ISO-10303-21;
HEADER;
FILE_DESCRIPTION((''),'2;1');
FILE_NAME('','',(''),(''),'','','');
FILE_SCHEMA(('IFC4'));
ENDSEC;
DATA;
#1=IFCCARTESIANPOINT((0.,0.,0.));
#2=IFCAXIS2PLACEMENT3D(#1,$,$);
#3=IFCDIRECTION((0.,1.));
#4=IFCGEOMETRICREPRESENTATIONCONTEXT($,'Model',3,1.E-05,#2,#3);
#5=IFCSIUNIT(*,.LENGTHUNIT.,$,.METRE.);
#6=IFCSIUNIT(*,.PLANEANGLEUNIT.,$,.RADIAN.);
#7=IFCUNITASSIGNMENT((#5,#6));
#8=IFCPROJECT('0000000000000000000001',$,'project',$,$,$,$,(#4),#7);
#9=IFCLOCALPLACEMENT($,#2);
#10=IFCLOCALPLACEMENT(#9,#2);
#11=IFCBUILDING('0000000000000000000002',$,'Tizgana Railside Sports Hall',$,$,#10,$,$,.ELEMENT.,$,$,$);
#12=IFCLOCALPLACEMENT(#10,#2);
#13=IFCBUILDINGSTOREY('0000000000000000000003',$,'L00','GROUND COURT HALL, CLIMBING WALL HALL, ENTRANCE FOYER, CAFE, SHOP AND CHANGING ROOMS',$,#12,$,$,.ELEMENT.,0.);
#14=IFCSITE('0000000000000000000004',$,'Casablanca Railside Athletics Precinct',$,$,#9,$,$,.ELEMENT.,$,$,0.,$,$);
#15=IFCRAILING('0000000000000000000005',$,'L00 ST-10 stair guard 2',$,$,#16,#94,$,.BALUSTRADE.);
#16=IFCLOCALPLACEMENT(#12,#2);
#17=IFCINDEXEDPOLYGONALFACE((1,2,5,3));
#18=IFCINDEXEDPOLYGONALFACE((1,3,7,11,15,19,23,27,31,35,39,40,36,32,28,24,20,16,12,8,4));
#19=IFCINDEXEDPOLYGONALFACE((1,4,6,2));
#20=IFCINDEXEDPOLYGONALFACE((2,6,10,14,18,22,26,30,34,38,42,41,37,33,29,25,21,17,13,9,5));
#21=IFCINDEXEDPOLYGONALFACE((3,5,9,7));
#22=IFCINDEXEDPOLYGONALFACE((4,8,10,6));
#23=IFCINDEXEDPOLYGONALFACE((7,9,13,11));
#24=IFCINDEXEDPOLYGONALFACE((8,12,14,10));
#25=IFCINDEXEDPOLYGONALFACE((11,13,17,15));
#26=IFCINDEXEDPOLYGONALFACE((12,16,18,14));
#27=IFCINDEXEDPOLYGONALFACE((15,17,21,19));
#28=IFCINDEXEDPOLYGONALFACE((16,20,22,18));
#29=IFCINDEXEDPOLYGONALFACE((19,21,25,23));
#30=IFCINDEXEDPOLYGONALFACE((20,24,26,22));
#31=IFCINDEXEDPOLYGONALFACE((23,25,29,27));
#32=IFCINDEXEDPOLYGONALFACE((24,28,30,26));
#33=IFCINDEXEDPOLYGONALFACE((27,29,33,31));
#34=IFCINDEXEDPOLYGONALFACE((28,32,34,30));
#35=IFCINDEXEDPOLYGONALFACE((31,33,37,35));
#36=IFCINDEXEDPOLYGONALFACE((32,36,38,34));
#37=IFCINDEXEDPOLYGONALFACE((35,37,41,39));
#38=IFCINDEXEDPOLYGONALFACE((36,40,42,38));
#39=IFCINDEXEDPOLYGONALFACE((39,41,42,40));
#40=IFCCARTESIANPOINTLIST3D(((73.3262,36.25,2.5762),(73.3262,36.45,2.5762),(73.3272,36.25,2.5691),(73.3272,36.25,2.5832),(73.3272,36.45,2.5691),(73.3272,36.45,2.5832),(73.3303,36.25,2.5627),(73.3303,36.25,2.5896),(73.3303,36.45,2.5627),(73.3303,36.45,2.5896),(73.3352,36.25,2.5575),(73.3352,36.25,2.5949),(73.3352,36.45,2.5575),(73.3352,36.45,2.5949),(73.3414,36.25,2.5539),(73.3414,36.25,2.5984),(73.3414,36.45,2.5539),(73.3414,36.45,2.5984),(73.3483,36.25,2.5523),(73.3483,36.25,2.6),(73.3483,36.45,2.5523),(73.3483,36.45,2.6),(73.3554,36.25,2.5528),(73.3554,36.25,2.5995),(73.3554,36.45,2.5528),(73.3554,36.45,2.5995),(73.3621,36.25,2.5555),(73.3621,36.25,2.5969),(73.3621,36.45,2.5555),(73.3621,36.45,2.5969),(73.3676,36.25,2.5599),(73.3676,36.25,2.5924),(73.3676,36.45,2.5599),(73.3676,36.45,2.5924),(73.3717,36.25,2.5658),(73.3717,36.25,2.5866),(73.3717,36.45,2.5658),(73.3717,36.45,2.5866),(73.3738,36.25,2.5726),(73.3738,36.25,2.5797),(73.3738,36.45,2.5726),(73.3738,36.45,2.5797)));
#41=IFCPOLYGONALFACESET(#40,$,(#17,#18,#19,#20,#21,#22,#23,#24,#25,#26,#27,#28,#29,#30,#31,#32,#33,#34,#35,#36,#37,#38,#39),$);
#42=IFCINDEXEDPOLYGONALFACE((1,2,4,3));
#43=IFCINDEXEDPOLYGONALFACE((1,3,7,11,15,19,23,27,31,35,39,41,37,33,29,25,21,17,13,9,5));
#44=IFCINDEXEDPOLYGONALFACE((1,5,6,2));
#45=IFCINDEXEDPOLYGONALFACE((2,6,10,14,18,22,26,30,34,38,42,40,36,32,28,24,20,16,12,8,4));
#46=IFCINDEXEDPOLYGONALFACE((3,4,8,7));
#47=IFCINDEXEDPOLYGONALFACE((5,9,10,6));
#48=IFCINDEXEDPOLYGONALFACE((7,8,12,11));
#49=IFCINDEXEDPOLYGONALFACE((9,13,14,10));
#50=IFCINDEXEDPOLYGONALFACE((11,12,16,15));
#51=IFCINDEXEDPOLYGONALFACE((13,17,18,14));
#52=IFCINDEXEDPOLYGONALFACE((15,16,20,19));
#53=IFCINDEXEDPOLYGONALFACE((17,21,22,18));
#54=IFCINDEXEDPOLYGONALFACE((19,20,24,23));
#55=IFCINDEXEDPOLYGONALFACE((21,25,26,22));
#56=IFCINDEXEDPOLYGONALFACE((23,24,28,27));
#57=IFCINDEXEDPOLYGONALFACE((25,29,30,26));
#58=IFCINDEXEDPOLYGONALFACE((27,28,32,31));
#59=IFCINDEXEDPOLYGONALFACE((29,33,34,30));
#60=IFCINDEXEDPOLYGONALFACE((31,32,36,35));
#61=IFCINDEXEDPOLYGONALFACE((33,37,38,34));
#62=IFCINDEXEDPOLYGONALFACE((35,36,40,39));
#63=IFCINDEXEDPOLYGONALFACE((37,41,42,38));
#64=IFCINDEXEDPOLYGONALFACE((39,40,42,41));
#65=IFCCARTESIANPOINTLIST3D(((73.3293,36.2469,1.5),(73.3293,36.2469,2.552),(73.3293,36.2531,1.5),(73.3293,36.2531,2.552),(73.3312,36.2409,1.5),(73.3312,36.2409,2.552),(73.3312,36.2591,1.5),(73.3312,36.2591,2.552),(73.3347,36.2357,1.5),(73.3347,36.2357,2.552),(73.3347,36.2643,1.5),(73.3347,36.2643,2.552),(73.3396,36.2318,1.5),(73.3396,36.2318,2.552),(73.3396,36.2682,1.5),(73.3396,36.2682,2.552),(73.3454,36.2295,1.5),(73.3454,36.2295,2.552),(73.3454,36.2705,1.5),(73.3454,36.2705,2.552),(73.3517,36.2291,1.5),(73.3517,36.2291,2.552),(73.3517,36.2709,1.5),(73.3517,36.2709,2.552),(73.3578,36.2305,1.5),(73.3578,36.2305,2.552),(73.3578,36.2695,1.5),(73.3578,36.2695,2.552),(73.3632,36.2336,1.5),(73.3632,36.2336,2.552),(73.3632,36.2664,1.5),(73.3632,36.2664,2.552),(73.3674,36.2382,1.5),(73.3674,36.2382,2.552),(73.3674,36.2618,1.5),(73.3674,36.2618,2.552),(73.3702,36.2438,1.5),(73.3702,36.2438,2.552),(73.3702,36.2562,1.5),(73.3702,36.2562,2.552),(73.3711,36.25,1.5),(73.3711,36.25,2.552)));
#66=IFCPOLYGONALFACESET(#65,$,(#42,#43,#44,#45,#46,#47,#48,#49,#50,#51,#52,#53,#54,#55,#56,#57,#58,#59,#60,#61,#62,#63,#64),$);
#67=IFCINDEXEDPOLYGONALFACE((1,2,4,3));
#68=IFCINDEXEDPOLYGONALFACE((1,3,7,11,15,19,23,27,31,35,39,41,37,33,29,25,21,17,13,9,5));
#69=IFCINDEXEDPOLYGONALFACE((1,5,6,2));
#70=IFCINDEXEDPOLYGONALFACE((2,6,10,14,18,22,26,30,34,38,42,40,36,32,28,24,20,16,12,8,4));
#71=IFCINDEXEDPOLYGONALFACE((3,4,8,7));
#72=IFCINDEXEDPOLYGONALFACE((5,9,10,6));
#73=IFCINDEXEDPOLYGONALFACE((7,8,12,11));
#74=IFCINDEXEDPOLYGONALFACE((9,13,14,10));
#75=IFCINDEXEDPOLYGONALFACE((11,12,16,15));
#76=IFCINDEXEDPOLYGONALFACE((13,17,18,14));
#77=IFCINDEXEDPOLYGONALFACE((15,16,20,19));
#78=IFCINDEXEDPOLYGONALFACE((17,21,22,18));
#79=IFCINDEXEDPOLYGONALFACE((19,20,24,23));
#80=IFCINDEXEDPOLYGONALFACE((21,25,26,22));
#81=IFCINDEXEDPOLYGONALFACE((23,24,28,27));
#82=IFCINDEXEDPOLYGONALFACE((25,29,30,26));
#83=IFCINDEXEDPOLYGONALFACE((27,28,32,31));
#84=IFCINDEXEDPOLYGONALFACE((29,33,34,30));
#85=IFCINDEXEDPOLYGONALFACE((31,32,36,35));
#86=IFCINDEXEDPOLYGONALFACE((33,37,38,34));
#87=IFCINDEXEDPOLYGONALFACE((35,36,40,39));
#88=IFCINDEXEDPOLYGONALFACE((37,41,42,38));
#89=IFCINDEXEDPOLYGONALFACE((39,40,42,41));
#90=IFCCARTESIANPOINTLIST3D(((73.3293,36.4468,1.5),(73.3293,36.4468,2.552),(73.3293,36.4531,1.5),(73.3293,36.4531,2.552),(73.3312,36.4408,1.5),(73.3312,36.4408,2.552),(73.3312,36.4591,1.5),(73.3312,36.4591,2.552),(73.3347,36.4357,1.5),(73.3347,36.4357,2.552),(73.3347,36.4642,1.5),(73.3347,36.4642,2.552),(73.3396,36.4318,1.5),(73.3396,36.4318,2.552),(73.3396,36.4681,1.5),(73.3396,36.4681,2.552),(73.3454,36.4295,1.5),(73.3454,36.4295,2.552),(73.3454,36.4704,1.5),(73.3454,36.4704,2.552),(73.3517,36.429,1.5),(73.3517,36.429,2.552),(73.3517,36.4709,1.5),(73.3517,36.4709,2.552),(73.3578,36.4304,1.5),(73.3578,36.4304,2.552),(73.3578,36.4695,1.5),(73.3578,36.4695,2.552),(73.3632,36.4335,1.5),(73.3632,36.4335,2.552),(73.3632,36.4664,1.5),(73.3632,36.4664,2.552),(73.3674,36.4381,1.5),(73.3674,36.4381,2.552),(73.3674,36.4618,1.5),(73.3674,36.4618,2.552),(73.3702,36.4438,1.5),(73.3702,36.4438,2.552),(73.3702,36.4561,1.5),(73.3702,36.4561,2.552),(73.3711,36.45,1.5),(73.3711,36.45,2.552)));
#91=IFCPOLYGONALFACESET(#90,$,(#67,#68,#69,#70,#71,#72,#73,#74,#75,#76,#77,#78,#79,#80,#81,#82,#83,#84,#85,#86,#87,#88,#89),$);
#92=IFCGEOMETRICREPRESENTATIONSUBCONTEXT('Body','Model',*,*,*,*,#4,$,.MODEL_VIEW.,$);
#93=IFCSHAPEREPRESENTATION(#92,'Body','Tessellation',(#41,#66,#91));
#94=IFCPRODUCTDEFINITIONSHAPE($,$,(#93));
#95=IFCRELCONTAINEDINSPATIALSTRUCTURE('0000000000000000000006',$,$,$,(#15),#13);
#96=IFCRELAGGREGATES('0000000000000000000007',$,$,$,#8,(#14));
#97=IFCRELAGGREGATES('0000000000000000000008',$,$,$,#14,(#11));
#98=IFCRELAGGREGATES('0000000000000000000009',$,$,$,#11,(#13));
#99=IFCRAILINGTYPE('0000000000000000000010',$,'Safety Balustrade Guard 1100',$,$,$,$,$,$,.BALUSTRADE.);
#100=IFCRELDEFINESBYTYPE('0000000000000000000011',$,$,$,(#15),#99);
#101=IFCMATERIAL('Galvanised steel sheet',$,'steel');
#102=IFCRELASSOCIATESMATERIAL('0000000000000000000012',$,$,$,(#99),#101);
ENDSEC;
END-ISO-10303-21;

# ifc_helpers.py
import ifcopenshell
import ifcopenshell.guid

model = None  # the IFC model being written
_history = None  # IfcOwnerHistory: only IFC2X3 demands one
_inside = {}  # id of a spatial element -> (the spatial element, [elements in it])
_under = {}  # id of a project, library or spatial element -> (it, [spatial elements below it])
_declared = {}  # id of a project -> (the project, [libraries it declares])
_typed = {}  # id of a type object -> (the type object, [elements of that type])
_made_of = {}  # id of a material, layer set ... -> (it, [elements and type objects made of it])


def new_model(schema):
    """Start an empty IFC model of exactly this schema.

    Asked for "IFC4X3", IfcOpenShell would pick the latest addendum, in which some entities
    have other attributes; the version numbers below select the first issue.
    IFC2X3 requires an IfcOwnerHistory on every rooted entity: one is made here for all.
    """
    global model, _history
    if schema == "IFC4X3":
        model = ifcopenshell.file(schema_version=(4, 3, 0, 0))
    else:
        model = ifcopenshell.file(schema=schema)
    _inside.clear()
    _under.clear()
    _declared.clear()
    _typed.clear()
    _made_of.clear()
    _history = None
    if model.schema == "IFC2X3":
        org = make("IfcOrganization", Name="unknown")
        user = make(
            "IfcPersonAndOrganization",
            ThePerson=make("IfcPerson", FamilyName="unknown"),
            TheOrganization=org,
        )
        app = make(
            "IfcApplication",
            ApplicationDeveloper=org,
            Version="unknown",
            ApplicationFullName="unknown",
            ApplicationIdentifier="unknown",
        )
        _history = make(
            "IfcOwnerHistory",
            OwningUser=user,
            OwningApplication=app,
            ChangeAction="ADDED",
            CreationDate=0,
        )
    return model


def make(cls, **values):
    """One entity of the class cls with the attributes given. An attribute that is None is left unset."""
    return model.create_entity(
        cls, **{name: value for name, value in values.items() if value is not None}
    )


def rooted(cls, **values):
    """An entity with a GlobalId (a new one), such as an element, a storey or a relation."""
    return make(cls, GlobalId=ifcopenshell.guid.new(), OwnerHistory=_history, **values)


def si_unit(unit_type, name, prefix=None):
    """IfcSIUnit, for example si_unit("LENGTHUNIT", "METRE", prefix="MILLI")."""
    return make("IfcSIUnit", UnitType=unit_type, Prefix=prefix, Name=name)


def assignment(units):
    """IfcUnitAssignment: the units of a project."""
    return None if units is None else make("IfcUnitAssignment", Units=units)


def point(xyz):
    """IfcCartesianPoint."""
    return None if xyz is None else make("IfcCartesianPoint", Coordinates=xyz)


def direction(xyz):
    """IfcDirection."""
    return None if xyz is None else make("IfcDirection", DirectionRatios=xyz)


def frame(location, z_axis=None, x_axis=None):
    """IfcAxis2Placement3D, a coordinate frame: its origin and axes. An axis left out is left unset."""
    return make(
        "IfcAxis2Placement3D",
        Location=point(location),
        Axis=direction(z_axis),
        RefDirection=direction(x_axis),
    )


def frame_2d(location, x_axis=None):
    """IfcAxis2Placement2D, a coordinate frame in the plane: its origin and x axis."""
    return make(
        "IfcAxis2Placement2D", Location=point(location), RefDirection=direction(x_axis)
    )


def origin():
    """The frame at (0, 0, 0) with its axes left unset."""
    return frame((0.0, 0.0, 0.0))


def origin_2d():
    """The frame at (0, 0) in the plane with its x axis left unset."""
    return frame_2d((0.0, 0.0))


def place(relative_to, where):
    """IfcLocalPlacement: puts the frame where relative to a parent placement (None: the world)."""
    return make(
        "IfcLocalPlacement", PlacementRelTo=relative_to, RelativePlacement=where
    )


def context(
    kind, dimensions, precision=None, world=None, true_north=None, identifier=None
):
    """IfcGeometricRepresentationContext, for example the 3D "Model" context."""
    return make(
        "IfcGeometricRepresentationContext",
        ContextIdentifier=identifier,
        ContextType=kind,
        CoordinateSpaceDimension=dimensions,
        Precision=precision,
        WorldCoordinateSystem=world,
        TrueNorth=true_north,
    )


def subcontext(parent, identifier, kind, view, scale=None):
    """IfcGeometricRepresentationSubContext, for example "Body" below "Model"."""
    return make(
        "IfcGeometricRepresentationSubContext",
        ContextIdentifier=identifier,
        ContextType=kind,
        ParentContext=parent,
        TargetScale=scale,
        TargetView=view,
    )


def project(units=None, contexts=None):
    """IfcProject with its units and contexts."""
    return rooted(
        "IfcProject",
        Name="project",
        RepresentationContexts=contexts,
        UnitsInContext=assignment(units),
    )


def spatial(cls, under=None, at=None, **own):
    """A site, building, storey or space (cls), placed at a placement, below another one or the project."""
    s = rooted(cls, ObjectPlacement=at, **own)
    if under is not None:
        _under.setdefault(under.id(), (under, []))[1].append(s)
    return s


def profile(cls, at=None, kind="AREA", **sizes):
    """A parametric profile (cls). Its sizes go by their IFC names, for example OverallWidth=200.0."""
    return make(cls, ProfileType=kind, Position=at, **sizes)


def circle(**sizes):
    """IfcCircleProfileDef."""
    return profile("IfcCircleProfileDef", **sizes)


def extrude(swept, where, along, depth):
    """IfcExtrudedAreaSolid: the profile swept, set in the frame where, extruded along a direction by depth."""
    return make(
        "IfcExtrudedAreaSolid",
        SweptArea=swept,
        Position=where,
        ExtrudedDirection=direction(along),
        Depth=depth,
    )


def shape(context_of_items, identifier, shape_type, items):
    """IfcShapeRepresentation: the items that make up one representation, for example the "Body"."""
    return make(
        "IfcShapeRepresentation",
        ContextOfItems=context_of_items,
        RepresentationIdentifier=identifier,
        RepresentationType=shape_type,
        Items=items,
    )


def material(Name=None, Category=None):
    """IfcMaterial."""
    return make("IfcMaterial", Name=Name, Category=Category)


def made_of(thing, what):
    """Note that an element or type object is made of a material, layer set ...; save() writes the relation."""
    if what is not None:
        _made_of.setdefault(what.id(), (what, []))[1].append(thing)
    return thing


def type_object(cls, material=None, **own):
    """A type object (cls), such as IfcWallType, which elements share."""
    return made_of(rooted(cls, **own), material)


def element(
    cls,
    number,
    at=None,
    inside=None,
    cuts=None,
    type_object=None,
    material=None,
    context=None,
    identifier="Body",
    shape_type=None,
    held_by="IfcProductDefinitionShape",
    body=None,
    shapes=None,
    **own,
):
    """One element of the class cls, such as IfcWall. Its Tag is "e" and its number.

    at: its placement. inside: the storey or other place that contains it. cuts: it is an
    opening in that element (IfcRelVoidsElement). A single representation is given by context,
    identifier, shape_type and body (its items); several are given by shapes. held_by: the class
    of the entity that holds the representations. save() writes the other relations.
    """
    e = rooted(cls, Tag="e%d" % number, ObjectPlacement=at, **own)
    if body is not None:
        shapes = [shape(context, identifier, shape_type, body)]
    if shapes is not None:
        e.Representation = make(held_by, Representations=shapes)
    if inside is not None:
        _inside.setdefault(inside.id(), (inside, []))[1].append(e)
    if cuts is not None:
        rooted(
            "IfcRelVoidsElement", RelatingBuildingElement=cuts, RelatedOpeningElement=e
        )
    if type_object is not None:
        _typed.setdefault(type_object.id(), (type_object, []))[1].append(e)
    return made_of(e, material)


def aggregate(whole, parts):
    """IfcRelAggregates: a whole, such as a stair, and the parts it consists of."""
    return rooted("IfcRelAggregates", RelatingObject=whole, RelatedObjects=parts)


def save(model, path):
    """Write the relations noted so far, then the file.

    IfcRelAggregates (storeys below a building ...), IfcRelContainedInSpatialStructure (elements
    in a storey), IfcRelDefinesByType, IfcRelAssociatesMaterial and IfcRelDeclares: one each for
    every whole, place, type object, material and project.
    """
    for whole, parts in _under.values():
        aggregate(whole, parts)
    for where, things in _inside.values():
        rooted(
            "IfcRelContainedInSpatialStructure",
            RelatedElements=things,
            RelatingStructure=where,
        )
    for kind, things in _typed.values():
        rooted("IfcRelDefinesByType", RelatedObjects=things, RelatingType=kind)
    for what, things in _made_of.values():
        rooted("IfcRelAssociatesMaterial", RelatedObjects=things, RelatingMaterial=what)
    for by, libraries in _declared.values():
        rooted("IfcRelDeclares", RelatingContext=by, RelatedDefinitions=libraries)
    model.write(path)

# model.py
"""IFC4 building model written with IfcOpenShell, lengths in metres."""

from ifc_helpers import new_model, si_unit, direction, frame, origin, origin_2d, place, context, subcontext, project, spatial, circle, extrude, material, type_object, element, save


model = new_model("IFC4")

# Units and contexts
model_context = context("Model", 3, precision=1e-05, world=origin(), true_north=direction((0.0, 1.0)))
body_context = subcontext(model_context, "Body", "Model", "MODEL_VIEW")
ifc_project = project(units=[si_unit("LENGTHUNIT", "METRE"), si_unit("PLANEANGLEUNIT", "RADIAN")], contexts=[model_context])

# Site, building, storey
site_placement = place(None, origin())
site = spatial("IfcSite", under=ifc_project, at=site_placement, Name="Casablanca Railside Athletics Precinct", CompositionType="ELEMENT", RefElevation=0.0)
building_placement = place(site_placement, origin())
building = spatial("IfcBuilding", under=site, at=building_placement, Name="Tizgana Railside Sports Hall", CompositionType="ELEMENT")
storey_placement = place(building_placement, origin())
storey = spatial("IfcBuildingStorey", under=building, at=storey_placement, Name="L00", Description="GROUND COURT HALL, CLIMBING WALL HALL, ENTRANCE FOYER, CAFE, SHOP AND CHANGING ROOMS", CompositionType="ELEMENT", Elevation=0.0)

# Railing
ifc_material_1 = material(Name="Galvanised steel sheet", Category="steel")
railing_type_1 = type_object("IfcRailingType", Name="Safety Balustrade Guard 1100", PredefinedType="BALUSTRADE", material=ifc_material_1)
railing_1_placement = place(storey_placement, frame((73.3501, 36.25, 1.5)))
element("IfcRailing", 1, at=railing_1_placement, inside=storey, type_object=railing_type_1, Name="L00 ST-10 stair guard 2", PredefinedType="BALUSTRADE", context=body_context, shape_type="SweptSolid", body=[
    extrude(circle(Radius=0.0239, at=origin_2d()), frame((0.0, 0.0, 1.0762), z_axis=(0.0, 1.0, 0.0), x_axis=(-1.0, 0.0, 0.0)), (0.0, 0.0, 1.0), 0.2),
    extrude(circle(Radius=0.021, at=origin_2d()), origin(), (0.0, 0.0, 1.0), 1.052),
    extrude(circle(Radius=0.021, at=origin_2d()), frame((0.0, 0.2, 0.0)), (0.0, 0.0, 1.0), 1.052),
])

save(model, "model.ifc")
